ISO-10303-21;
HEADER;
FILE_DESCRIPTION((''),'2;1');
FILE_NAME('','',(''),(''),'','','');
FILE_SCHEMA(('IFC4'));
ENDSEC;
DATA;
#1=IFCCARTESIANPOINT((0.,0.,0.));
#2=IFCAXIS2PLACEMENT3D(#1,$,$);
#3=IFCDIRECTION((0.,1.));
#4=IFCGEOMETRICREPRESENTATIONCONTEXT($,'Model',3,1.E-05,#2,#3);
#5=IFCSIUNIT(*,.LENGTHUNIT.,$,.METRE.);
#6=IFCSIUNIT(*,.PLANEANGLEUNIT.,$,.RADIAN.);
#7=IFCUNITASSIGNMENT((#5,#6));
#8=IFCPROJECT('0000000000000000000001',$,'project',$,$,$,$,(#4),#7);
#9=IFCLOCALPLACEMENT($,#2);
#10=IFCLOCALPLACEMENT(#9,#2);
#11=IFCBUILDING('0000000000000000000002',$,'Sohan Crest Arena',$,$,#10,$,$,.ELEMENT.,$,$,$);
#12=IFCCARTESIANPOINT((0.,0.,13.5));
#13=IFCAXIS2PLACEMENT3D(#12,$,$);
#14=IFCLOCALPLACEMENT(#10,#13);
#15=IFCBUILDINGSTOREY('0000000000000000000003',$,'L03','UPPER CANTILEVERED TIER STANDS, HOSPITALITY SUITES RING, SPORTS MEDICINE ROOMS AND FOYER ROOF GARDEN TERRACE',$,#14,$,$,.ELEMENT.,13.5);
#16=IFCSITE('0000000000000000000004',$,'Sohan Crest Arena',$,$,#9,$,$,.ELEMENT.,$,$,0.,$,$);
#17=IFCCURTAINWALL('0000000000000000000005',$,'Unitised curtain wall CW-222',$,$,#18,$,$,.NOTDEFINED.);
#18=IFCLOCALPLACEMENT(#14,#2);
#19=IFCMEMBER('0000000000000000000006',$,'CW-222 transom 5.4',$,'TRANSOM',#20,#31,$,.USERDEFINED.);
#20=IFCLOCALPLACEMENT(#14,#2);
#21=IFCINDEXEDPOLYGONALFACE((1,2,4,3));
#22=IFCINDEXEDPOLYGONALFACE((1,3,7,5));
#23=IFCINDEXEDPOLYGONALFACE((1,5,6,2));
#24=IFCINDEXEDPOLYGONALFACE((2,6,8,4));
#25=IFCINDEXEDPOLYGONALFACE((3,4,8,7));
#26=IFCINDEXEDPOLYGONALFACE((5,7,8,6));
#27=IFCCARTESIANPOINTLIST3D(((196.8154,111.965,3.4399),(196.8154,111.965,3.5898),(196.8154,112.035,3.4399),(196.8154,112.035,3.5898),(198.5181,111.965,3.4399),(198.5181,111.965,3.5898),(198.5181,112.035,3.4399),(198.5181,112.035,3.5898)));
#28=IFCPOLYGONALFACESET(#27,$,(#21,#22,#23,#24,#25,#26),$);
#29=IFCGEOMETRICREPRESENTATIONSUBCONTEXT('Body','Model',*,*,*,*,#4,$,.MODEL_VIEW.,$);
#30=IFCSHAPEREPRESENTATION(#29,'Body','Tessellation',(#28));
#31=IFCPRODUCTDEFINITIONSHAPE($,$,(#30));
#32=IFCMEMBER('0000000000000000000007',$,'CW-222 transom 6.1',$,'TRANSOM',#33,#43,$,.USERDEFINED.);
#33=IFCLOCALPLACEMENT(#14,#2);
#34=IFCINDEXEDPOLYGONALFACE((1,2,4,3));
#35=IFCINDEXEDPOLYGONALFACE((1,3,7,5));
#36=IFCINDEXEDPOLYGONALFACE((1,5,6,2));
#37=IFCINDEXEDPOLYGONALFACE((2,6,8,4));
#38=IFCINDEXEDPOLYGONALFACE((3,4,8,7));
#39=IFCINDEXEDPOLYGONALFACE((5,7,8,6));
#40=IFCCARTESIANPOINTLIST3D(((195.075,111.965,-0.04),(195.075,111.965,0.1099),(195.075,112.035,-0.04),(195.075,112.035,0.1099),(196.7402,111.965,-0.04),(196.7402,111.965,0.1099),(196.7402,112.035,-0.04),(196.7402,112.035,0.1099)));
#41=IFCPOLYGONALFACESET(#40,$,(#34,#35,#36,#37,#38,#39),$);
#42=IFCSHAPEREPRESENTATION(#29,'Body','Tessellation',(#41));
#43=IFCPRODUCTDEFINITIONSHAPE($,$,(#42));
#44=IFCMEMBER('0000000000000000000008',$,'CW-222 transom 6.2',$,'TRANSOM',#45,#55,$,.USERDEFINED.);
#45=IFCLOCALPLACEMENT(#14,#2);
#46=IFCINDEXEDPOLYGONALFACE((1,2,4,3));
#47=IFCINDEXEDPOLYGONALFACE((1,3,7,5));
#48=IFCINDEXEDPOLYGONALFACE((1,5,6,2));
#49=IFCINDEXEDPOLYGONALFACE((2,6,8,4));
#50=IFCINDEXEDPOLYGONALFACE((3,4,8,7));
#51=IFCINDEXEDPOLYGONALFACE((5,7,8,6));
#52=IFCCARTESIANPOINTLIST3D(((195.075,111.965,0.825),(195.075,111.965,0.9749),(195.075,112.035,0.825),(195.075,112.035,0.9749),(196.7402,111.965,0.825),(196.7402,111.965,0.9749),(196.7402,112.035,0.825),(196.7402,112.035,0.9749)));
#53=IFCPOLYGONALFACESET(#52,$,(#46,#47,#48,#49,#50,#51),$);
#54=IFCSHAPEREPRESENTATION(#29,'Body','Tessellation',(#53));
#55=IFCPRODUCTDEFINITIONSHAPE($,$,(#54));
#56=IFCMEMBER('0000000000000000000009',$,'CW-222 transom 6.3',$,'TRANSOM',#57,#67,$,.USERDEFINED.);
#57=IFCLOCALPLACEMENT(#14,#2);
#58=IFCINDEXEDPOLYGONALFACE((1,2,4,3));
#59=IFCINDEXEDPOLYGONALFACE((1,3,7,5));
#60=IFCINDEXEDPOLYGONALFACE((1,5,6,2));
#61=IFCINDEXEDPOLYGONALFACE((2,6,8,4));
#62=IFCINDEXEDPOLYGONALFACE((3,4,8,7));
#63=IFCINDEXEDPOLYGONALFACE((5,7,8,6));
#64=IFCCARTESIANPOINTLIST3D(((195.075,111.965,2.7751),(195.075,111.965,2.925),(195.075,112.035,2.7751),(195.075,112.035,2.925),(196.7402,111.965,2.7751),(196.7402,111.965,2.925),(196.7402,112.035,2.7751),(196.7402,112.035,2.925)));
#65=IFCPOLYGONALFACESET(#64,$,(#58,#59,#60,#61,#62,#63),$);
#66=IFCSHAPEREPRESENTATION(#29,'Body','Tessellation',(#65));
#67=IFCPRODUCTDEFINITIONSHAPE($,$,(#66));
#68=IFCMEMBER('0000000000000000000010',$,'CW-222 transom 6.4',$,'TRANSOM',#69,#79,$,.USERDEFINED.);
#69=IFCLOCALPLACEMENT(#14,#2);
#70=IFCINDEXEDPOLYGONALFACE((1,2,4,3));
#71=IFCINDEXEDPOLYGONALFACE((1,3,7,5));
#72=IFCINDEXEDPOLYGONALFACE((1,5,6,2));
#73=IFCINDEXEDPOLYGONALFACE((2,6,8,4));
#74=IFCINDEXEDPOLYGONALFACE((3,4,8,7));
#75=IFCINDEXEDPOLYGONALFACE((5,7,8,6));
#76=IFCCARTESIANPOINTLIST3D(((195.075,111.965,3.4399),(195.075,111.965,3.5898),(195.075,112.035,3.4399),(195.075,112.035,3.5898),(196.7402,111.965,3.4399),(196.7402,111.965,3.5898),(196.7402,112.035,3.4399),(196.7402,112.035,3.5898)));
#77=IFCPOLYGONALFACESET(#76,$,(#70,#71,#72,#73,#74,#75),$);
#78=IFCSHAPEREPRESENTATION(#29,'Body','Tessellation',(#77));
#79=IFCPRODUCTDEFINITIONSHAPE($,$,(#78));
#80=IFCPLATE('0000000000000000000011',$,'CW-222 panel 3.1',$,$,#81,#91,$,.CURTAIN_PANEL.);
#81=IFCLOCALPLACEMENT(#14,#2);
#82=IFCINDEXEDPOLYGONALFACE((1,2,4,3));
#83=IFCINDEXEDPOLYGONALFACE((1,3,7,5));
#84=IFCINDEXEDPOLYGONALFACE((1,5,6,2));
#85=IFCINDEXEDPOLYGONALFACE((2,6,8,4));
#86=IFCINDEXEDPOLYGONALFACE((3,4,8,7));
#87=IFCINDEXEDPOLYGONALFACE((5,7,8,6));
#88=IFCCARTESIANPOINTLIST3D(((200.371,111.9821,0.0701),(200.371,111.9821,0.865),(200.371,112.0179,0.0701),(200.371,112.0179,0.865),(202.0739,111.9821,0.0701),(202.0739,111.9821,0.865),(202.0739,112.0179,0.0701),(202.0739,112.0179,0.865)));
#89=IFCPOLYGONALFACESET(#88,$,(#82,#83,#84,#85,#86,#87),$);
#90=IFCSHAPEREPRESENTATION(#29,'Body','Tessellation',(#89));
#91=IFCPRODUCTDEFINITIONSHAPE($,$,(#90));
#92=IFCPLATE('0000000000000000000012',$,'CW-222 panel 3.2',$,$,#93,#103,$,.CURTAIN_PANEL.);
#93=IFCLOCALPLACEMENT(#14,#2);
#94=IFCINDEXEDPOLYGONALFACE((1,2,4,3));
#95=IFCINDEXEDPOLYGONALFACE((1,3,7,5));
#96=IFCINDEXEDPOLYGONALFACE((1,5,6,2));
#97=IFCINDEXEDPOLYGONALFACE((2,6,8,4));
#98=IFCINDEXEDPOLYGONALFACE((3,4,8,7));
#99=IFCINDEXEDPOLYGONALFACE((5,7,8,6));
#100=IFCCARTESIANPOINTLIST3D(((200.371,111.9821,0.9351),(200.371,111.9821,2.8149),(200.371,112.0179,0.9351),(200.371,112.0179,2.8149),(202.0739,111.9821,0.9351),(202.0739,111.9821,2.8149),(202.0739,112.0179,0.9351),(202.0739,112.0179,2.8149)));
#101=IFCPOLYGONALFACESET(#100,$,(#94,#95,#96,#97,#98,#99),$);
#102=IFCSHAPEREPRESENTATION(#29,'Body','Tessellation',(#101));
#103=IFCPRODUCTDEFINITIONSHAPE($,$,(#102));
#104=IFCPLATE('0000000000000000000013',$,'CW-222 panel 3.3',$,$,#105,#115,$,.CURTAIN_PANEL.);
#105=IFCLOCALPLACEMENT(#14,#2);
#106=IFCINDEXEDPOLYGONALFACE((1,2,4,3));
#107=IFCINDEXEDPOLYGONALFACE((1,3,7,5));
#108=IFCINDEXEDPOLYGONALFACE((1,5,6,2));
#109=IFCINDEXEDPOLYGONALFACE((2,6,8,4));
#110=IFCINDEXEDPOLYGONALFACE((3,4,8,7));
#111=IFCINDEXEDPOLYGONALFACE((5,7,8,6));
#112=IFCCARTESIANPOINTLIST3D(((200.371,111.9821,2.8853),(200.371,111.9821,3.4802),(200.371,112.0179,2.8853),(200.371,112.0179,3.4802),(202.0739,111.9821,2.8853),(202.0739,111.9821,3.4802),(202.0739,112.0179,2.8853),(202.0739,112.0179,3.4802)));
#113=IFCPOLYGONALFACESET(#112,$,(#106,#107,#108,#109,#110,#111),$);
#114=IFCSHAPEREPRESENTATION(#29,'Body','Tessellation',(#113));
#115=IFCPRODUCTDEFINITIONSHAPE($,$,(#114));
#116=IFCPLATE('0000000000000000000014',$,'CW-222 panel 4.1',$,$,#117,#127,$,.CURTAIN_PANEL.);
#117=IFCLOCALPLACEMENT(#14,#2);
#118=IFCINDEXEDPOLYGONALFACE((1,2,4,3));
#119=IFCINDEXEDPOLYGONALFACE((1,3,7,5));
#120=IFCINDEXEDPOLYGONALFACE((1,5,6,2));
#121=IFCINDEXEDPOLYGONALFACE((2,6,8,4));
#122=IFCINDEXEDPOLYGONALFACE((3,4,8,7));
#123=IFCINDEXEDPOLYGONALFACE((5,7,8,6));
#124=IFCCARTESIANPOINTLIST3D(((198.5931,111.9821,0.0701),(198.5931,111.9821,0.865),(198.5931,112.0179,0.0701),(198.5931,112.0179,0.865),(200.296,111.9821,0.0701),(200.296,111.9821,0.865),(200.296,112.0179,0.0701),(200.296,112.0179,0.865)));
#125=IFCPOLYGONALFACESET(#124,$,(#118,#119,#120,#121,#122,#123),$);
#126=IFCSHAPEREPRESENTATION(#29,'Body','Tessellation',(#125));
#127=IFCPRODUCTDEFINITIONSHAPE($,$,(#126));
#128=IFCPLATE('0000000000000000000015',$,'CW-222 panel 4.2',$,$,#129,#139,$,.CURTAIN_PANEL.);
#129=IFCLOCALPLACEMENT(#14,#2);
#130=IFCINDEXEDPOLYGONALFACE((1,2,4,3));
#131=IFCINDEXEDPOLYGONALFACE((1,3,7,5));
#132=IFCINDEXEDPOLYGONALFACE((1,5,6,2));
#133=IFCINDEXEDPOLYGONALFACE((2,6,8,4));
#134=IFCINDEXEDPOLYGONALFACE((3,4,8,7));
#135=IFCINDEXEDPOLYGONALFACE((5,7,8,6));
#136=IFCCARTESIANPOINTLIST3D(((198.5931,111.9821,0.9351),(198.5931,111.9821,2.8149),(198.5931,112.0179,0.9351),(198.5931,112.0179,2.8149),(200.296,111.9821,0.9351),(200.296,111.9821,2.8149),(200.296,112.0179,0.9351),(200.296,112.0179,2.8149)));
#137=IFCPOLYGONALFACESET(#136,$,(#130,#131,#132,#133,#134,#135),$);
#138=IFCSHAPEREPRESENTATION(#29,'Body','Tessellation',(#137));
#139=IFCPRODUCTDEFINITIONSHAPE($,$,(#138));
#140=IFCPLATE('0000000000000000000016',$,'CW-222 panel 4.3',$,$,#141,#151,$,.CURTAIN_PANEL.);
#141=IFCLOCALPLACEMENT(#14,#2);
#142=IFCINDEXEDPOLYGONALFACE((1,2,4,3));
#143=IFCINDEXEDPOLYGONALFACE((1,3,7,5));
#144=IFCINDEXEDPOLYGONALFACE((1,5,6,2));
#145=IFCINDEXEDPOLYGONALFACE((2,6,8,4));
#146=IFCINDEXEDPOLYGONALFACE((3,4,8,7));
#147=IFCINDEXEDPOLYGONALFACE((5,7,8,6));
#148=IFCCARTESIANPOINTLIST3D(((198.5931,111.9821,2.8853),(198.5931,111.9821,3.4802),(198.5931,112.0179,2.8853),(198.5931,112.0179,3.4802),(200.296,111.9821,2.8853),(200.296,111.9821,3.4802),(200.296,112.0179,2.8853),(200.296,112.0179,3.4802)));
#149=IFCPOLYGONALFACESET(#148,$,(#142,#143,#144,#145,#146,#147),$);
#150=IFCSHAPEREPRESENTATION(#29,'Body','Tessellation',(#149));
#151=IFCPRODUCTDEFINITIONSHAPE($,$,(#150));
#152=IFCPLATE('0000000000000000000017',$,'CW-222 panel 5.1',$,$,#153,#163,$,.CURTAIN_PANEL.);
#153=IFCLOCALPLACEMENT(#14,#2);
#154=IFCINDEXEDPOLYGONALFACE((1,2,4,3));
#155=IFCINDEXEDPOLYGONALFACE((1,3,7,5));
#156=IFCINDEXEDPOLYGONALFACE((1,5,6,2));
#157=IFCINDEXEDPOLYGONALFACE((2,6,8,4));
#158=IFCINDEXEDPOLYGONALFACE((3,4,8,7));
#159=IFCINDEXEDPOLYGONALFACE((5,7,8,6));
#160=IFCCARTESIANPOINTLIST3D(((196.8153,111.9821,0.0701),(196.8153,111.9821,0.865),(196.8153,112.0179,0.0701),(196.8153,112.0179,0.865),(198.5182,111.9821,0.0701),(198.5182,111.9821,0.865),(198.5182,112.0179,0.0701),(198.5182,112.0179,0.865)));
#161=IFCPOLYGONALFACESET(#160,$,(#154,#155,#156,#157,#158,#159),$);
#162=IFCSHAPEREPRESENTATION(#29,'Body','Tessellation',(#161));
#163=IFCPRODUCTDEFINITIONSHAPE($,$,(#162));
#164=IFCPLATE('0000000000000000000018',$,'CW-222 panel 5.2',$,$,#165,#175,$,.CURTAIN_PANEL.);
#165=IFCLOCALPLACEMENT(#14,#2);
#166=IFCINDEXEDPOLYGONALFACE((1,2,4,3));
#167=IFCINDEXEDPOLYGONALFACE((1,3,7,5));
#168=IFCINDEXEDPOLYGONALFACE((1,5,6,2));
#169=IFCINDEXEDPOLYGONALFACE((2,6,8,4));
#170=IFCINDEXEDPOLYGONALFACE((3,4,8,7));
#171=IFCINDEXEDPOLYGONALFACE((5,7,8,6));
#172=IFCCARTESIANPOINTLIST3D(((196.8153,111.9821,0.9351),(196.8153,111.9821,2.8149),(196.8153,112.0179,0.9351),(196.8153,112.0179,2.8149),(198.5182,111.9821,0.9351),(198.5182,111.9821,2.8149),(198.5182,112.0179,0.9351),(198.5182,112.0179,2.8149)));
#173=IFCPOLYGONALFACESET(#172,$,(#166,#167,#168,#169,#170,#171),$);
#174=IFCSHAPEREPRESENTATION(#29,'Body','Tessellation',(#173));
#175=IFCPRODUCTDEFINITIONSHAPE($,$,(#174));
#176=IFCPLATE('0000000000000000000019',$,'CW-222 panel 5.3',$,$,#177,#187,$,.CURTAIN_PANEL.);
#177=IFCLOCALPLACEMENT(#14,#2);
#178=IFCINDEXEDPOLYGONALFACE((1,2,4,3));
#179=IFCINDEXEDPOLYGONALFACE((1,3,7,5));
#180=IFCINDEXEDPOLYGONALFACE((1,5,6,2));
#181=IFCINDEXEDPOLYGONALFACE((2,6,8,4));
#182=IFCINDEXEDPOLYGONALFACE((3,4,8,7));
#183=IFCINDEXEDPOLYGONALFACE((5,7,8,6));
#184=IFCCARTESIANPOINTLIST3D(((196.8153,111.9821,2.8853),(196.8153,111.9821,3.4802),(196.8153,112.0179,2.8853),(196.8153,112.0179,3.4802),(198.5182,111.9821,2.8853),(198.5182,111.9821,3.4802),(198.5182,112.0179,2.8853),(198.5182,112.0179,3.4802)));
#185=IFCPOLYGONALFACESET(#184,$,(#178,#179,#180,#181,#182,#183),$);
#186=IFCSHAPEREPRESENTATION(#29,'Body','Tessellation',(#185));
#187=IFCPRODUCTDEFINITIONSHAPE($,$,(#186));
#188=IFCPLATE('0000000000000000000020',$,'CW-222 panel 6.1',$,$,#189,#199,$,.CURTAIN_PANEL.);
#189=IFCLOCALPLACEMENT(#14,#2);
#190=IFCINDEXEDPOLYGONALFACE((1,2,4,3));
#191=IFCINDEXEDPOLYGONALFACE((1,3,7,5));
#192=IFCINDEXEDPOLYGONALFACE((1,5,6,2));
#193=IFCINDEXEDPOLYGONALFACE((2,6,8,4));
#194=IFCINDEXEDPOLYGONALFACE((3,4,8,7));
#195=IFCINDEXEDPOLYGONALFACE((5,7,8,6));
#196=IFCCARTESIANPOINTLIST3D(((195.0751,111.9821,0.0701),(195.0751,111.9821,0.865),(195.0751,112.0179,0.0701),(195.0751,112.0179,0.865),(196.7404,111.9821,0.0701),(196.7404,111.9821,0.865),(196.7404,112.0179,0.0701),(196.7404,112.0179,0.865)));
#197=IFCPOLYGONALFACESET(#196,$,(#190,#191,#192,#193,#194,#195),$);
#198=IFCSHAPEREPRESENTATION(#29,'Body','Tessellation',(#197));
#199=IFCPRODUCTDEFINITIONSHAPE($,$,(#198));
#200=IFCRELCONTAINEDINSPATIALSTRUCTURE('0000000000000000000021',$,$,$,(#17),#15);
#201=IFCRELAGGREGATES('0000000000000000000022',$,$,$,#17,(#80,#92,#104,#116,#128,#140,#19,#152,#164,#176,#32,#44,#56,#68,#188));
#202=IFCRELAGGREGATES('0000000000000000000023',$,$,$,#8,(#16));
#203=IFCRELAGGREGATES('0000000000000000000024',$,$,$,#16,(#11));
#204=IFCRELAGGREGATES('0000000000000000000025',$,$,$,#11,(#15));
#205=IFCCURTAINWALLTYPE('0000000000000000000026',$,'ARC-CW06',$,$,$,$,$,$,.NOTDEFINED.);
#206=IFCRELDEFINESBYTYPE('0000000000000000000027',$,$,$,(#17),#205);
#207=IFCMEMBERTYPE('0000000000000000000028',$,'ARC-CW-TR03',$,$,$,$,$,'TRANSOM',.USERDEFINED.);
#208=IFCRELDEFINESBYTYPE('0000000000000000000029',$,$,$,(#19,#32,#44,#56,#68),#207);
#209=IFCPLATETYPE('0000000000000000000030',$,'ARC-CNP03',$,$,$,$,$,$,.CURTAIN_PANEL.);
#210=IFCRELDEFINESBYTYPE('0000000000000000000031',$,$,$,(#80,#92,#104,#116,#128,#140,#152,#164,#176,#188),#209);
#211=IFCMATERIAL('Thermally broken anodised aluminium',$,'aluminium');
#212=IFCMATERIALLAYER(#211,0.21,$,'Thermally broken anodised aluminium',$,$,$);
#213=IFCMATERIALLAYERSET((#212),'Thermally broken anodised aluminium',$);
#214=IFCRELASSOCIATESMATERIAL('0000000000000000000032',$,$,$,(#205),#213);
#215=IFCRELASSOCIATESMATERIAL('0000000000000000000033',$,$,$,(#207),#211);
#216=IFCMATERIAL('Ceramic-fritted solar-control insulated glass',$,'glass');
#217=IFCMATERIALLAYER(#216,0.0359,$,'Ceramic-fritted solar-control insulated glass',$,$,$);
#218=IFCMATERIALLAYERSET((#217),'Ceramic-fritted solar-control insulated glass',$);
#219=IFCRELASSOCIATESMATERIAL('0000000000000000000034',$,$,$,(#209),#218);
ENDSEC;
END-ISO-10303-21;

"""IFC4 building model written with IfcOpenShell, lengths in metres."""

from ifc_helpers import new_model, si_unit, direction, frame, origin, origin_2d, place, context, subcontext, project, spatial, rectangle, extrude, material, layer, layer_set, material_profile, profile_set, type_object, element, aggregate, save


model = new_model("IFC4")

# Units and contexts
model_context = context("Model", 3, precision=1e-05, world=origin(), true_north=direction((0.0, 1.0)))
body_context = subcontext(model_context, "Body", "Model", "MODEL_VIEW")
ifc_project = project(units=[si_unit("LENGTHUNIT", "METRE"), si_unit("PLANEANGLEUNIT", "RADIAN")], contexts=[model_context])

# Site, building, storey
site_placement = place(None, origin())
site = spatial("IfcSite", under=ifc_project, at=site_placement, Name="Sohan Crest Arena", CompositionType="ELEMENT", RefElevation=0.0)
building_placement = place(site_placement, origin())
building = spatial("IfcBuilding", under=site, at=building_placement, Name="Sohan Crest Arena", CompositionType="ELEMENT")
storey_placement = place(building_placement, frame((0.0, 0.0, 13.5)))
storey = spatial("IfcBuildingStorey", under=building, at=storey_placement, Name="L03", Description="UPPER CANTILEVERED TIER STANDS, HOSPITALITY SUITES RING, SPORTS MEDICINE ROOMS AND FOYER ROOF GARDEN TERRACE", CompositionType="ELEMENT", Elevation=13.5)

# Curtain wall, members, plates
ifc_material_1 = material(Name="Thermally broken anodised aluminium", Category="aluminium")
ifc_layer_1 = layer(ifc_material_1, 0.21, Name="Thermally broken anodised aluminium")
ifc_layer_set_1 = layer_set([ifc_layer_1], Name="Thermally broken anodised aluminium")
curtain_wall_type = type_object("IfcCurtainWallType", Name="ARC-CW06", PredefinedType="NOTDEFINED", material=ifc_layer_set_1)
curtain_wall_placement = place(storey_placement, origin())
curtain_wall = element("IfcCurtainWall", 1, at=curtain_wall_placement, inside=storey, type_object=curtain_wall_type, Name="Unitised curtain wall CW-222", PredefinedType="NOTDEFINED")
ifc_material_profile_1 = material_profile(ifc_material_1, rectangle(XDim=0.0701, YDim=0.1499, at=origin_2d()), Name="ALU-TRAN 70x150")
ifc_profile_set_1 = profile_set([ifc_material_profile_1], Name="Thermally broken anodised aluminium")
member_type_1 = type_object("IfcMemberType", Name="ARC-CW-TR03", ElementType="TRANSOM", PredefinedType="USERDEFINED", material=ifc_profile_set_1)
member_1_placement = place(storey_placement, frame((198.5181, 112.0, 3.5149), z_axis=(-1.0, 0.0, 0.0), x_axis=(0.0, -1.0, 0.0)))
member_1 = element("IfcMember", 2, at=member_1_placement, type_object=member_type_1, Name="CW-222 transom 5.4", ObjectType="TRANSOM", PredefinedType="USERDEFINED", context=body_context, shape_type="SweptSolid", body=[
    extrude(rectangle(XDim=0.0701, YDim=0.1499, at=origin_2d()), origin(), (0.0, 0.0, 1.0), 1.7026),
])
member_2_placement = place(storey_placement, frame((196.7402, 112.0, 0.0349), z_axis=(-1.0, 0.0, 0.0), x_axis=(0.0, -1.0, 0.0)))
member_2 = element("IfcMember", 3, at=member_2_placement, type_object=member_type_1, Name="CW-222 transom 6.1", ObjectType="TRANSOM", PredefinedType="USERDEFINED", context=body_context, shape_type="SweptSolid", body=[
    extrude(rectangle(XDim=0.0701, YDim=0.1499, at=origin_2d()), origin(), (0.0, 0.0, 1.0), 1.6653),
])
member_3_placement = place(storey_placement, frame((196.7402, 112.0, 0.8999), z_axis=(-1.0, 0.0, 0.0), x_axis=(0.0, -1.0, 0.0)))
member_3 = element("IfcMember", 4, at=member_3_placement, type_object=member_type_1, Name="CW-222 transom 6.2", ObjectType="TRANSOM", PredefinedType="USERDEFINED", context=body_context, shape_type="SweptSolid", body=[
    extrude(rectangle(XDim=0.0701, YDim=0.1499, at=origin_2d()), origin(), (0.0, 0.0, 1.0), 1.6653),
])
member_4_placement = place(storey_placement, frame((196.7402, 112.0, 2.8501), z_axis=(-1.0, 0.0, 0.0), x_axis=(0.0, -1.0, 0.0)))
member_4 = element("IfcMember", 5, at=member_4_placement, type_object=member_type_1, Name="CW-222 transom 6.3", ObjectType="TRANSOM", PredefinedType="USERDEFINED", context=body_context, shape_type="SweptSolid", body=[
    extrude(rectangle(XDim=0.0701, YDim=0.1499, at=origin_2d()), origin(), (0.0, 0.0, 1.0), 1.6653),
])
member_5_placement = place(storey_placement, frame((196.7402, 112.0, 3.5149), z_axis=(-1.0, 0.0, 0.0), x_axis=(0.0, -1.0, 0.0)))
member_5 = element("IfcMember", 6, at=member_5_placement, type_object=member_type_1, Name="CW-222 transom 6.4", ObjectType="TRANSOM", PredefinedType="USERDEFINED", context=body_context, shape_type="SweptSolid", body=[
    extrude(rectangle(XDim=0.0701, YDim=0.1499, at=origin_2d()), origin(), (0.0, 0.0, 1.0), 1.6653),
])
ifc_material_2 = material(Name="Ceramic-fritted solar-control insulated glass", Category="glass")
ifc_layer_2 = layer(ifc_material_2, 0.0359, Name="Ceramic-fritted solar-control insulated glass")
ifc_layer_set_2 = layer_set([ifc_layer_2], Name="Ceramic-fritted solar-control insulated glass")
plate_type = type_object("IfcPlateType", Name="ARC-CNP03", PredefinedType="CURTAIN_PANEL", material=ifc_layer_set_2)
plate_1_placement = place(storey_placement, frame((201.2224, 112.0, 0.0701), z_axis=(0.0, 0.0, 1.0), x_axis=(-1.0, 0.0, 0.0)))
plate_1 = element("IfcPlate", 7, at=plate_1_placement, type_object=plate_type, Name="CW-222 panel 3.1", PredefinedType="CURTAIN_PANEL", context=body_context, shape_type="SweptSolid", body=[
    extrude(rectangle(XDim=1.7029, YDim=0.0359, at=origin_2d()), origin(), (0.0, 0.0, 1.0), 0.7949),
])
plate_2_placement = place(storey_placement, frame((201.2224, 112.0, 0.9351), z_axis=(0.0, 0.0, 1.0), x_axis=(-1.0, 0.0, 0.0)))
plate_2 = element("IfcPlate", 8, at=plate_2_placement, type_object=plate_type, Name="CW-222 panel 3.2", PredefinedType="CURTAIN_PANEL", context=body_context, shape_type="SweptSolid", body=[
    extrude(rectangle(XDim=1.7029, YDim=0.0359, at=origin_2d()), origin(), (0.0, 0.0, 1.0), 1.8799),
])
plate_3_placement = place(storey_placement, frame((201.2224, 112.0, 2.8853), z_axis=(0.0, 0.0, 1.0), x_axis=(-1.0, 0.0, 0.0)))
plate_3 = element("IfcPlate", 9, at=plate_3_placement, type_object=plate_type, Name="CW-222 panel 3.3", PredefinedType="CURTAIN_PANEL", context=body_context, shape_type="SweptSolid", body=[
    extrude(rectangle(XDim=1.7029, YDim=0.0359, at=origin_2d()), origin(), (0.0, 0.0, 1.0), 0.595),
])
plate_4_placement = place(storey_placement, frame((199.4446, 112.0, 0.0701), z_axis=(0.0, 0.0, 1.0), x_axis=(-1.0, 0.0, 0.0)))
plate_4 = element("IfcPlate", 10, at=plate_4_placement, type_object=plate_type, Name="CW-222 panel 4.1", PredefinedType="CURTAIN_PANEL", context=body_context, shape_type="SweptSolid", body=[
    extrude(rectangle(XDim=1.7029, YDim=0.0359, at=origin_2d()), origin(), (0.0, 0.0, 1.0), 0.7949),
])
plate_5_placement = place(storey_placement, frame((199.4446, 112.0, 0.9351), z_axis=(0.0, 0.0, 1.0), x_axis=(-1.0, 0.0, 0.0)))
plate_5 = element("IfcPlate", 11, at=plate_5_placement, type_object=plate_type, Name="CW-222 panel 4.2", PredefinedType="CURTAIN_PANEL", context=body_context, shape_type="SweptSolid", body=[
    extrude(rectangle(XDim=1.7029, YDim=0.0359, at=origin_2d()), origin(), (0.0, 0.0, 1.0), 1.8799),
])
plate_6_placement = place(storey_placement, frame((199.4446, 112.0, 2.8853), z_axis=(0.0, 0.0, 1.0), x_axis=(-1.0, 0.0, 0.0)))
plate_6 = element("IfcPlate", 12, at=plate_6_placement, type_object=plate_type, Name="CW-222 panel 4.3", PredefinedType="CURTAIN_PANEL", context=body_context, shape_type="SweptSolid", body=[
    extrude(rectangle(XDim=1.7029, YDim=0.0359, at=origin_2d()), origin(), (0.0, 0.0, 1.0), 0.595),
])
plate_7_placement = place(storey_placement, frame((197.6667, 112.0, 0.0701), z_axis=(0.0, 0.0, 1.0), x_axis=(-1.0, 0.0, 0.0)))
plate_7 = element("IfcPlate", 13, at=plate_7_placement, type_object=plate_type, Name="CW-222 panel 5.1", PredefinedType="CURTAIN_PANEL", context=body_context, shape_type="SweptSolid", body=[
    extrude(rectangle(XDim=1.7029, YDim=0.0359, at=origin_2d()), origin(), (0.0, 0.0, 1.0), 0.7949),
])
plate_8_placement = place(storey_placement, frame((197.6667, 112.0, 0.9351), z_axis=(0.0, 0.0, 1.0), x_axis=(-1.0, 0.0, 0.0)))
plate_8 = element("IfcPlate", 14, at=plate_8_placement, type_object=plate_type, Name="CW-222 panel 5.2", PredefinedType="CURTAIN_PANEL", context=body_context, shape_type="SweptSolid", body=[
    extrude(rectangle(XDim=1.7029, YDim=0.0359, at=origin_2d()), origin(), (0.0, 0.0, 1.0), 1.8799),
])
plate_9_placement = place(storey_placement, frame((197.6667, 112.0, 2.8853), z_axis=(0.0, 0.0, 1.0), x_axis=(-1.0, 0.0, 0.0)))
plate_9 = element("IfcPlate", 15, at=plate_9_placement, type_object=plate_type, Name="CW-222 panel 5.3", PredefinedType="CURTAIN_PANEL", context=body_context, shape_type="SweptSolid", body=[
    extrude(rectangle(XDim=1.7029, YDim=0.0359, at=origin_2d()), origin(), (0.0, 0.0, 1.0), 0.595),
])
plate_10_placement = place(storey_placement, frame((195.9077, 112.0, 0.0701), z_axis=(0.0, 0.0, 1.0), x_axis=(-1.0, 0.0, 0.0)))
plate_10 = element("IfcPlate", 16, at=plate_10_placement, type_object=plate_type, Name="CW-222 panel 6.1", PredefinedType="CURTAIN_PANEL", context=body_context, shape_type="SweptSolid", body=[
    extrude(rectangle(XDim=1.6653, YDim=0.0359, at=origin_2d()), origin(), (0.0, 0.0, 1.0), 0.7949),
])
aggregate(curtain_wall, [plate_1, plate_2, plate_3, plate_4, plate_5, plate_6, member_1, plate_7, plate_8, plate_9, member_2, member_3, member_4, member_5, plate_10])

save(model, "model.ifc")
